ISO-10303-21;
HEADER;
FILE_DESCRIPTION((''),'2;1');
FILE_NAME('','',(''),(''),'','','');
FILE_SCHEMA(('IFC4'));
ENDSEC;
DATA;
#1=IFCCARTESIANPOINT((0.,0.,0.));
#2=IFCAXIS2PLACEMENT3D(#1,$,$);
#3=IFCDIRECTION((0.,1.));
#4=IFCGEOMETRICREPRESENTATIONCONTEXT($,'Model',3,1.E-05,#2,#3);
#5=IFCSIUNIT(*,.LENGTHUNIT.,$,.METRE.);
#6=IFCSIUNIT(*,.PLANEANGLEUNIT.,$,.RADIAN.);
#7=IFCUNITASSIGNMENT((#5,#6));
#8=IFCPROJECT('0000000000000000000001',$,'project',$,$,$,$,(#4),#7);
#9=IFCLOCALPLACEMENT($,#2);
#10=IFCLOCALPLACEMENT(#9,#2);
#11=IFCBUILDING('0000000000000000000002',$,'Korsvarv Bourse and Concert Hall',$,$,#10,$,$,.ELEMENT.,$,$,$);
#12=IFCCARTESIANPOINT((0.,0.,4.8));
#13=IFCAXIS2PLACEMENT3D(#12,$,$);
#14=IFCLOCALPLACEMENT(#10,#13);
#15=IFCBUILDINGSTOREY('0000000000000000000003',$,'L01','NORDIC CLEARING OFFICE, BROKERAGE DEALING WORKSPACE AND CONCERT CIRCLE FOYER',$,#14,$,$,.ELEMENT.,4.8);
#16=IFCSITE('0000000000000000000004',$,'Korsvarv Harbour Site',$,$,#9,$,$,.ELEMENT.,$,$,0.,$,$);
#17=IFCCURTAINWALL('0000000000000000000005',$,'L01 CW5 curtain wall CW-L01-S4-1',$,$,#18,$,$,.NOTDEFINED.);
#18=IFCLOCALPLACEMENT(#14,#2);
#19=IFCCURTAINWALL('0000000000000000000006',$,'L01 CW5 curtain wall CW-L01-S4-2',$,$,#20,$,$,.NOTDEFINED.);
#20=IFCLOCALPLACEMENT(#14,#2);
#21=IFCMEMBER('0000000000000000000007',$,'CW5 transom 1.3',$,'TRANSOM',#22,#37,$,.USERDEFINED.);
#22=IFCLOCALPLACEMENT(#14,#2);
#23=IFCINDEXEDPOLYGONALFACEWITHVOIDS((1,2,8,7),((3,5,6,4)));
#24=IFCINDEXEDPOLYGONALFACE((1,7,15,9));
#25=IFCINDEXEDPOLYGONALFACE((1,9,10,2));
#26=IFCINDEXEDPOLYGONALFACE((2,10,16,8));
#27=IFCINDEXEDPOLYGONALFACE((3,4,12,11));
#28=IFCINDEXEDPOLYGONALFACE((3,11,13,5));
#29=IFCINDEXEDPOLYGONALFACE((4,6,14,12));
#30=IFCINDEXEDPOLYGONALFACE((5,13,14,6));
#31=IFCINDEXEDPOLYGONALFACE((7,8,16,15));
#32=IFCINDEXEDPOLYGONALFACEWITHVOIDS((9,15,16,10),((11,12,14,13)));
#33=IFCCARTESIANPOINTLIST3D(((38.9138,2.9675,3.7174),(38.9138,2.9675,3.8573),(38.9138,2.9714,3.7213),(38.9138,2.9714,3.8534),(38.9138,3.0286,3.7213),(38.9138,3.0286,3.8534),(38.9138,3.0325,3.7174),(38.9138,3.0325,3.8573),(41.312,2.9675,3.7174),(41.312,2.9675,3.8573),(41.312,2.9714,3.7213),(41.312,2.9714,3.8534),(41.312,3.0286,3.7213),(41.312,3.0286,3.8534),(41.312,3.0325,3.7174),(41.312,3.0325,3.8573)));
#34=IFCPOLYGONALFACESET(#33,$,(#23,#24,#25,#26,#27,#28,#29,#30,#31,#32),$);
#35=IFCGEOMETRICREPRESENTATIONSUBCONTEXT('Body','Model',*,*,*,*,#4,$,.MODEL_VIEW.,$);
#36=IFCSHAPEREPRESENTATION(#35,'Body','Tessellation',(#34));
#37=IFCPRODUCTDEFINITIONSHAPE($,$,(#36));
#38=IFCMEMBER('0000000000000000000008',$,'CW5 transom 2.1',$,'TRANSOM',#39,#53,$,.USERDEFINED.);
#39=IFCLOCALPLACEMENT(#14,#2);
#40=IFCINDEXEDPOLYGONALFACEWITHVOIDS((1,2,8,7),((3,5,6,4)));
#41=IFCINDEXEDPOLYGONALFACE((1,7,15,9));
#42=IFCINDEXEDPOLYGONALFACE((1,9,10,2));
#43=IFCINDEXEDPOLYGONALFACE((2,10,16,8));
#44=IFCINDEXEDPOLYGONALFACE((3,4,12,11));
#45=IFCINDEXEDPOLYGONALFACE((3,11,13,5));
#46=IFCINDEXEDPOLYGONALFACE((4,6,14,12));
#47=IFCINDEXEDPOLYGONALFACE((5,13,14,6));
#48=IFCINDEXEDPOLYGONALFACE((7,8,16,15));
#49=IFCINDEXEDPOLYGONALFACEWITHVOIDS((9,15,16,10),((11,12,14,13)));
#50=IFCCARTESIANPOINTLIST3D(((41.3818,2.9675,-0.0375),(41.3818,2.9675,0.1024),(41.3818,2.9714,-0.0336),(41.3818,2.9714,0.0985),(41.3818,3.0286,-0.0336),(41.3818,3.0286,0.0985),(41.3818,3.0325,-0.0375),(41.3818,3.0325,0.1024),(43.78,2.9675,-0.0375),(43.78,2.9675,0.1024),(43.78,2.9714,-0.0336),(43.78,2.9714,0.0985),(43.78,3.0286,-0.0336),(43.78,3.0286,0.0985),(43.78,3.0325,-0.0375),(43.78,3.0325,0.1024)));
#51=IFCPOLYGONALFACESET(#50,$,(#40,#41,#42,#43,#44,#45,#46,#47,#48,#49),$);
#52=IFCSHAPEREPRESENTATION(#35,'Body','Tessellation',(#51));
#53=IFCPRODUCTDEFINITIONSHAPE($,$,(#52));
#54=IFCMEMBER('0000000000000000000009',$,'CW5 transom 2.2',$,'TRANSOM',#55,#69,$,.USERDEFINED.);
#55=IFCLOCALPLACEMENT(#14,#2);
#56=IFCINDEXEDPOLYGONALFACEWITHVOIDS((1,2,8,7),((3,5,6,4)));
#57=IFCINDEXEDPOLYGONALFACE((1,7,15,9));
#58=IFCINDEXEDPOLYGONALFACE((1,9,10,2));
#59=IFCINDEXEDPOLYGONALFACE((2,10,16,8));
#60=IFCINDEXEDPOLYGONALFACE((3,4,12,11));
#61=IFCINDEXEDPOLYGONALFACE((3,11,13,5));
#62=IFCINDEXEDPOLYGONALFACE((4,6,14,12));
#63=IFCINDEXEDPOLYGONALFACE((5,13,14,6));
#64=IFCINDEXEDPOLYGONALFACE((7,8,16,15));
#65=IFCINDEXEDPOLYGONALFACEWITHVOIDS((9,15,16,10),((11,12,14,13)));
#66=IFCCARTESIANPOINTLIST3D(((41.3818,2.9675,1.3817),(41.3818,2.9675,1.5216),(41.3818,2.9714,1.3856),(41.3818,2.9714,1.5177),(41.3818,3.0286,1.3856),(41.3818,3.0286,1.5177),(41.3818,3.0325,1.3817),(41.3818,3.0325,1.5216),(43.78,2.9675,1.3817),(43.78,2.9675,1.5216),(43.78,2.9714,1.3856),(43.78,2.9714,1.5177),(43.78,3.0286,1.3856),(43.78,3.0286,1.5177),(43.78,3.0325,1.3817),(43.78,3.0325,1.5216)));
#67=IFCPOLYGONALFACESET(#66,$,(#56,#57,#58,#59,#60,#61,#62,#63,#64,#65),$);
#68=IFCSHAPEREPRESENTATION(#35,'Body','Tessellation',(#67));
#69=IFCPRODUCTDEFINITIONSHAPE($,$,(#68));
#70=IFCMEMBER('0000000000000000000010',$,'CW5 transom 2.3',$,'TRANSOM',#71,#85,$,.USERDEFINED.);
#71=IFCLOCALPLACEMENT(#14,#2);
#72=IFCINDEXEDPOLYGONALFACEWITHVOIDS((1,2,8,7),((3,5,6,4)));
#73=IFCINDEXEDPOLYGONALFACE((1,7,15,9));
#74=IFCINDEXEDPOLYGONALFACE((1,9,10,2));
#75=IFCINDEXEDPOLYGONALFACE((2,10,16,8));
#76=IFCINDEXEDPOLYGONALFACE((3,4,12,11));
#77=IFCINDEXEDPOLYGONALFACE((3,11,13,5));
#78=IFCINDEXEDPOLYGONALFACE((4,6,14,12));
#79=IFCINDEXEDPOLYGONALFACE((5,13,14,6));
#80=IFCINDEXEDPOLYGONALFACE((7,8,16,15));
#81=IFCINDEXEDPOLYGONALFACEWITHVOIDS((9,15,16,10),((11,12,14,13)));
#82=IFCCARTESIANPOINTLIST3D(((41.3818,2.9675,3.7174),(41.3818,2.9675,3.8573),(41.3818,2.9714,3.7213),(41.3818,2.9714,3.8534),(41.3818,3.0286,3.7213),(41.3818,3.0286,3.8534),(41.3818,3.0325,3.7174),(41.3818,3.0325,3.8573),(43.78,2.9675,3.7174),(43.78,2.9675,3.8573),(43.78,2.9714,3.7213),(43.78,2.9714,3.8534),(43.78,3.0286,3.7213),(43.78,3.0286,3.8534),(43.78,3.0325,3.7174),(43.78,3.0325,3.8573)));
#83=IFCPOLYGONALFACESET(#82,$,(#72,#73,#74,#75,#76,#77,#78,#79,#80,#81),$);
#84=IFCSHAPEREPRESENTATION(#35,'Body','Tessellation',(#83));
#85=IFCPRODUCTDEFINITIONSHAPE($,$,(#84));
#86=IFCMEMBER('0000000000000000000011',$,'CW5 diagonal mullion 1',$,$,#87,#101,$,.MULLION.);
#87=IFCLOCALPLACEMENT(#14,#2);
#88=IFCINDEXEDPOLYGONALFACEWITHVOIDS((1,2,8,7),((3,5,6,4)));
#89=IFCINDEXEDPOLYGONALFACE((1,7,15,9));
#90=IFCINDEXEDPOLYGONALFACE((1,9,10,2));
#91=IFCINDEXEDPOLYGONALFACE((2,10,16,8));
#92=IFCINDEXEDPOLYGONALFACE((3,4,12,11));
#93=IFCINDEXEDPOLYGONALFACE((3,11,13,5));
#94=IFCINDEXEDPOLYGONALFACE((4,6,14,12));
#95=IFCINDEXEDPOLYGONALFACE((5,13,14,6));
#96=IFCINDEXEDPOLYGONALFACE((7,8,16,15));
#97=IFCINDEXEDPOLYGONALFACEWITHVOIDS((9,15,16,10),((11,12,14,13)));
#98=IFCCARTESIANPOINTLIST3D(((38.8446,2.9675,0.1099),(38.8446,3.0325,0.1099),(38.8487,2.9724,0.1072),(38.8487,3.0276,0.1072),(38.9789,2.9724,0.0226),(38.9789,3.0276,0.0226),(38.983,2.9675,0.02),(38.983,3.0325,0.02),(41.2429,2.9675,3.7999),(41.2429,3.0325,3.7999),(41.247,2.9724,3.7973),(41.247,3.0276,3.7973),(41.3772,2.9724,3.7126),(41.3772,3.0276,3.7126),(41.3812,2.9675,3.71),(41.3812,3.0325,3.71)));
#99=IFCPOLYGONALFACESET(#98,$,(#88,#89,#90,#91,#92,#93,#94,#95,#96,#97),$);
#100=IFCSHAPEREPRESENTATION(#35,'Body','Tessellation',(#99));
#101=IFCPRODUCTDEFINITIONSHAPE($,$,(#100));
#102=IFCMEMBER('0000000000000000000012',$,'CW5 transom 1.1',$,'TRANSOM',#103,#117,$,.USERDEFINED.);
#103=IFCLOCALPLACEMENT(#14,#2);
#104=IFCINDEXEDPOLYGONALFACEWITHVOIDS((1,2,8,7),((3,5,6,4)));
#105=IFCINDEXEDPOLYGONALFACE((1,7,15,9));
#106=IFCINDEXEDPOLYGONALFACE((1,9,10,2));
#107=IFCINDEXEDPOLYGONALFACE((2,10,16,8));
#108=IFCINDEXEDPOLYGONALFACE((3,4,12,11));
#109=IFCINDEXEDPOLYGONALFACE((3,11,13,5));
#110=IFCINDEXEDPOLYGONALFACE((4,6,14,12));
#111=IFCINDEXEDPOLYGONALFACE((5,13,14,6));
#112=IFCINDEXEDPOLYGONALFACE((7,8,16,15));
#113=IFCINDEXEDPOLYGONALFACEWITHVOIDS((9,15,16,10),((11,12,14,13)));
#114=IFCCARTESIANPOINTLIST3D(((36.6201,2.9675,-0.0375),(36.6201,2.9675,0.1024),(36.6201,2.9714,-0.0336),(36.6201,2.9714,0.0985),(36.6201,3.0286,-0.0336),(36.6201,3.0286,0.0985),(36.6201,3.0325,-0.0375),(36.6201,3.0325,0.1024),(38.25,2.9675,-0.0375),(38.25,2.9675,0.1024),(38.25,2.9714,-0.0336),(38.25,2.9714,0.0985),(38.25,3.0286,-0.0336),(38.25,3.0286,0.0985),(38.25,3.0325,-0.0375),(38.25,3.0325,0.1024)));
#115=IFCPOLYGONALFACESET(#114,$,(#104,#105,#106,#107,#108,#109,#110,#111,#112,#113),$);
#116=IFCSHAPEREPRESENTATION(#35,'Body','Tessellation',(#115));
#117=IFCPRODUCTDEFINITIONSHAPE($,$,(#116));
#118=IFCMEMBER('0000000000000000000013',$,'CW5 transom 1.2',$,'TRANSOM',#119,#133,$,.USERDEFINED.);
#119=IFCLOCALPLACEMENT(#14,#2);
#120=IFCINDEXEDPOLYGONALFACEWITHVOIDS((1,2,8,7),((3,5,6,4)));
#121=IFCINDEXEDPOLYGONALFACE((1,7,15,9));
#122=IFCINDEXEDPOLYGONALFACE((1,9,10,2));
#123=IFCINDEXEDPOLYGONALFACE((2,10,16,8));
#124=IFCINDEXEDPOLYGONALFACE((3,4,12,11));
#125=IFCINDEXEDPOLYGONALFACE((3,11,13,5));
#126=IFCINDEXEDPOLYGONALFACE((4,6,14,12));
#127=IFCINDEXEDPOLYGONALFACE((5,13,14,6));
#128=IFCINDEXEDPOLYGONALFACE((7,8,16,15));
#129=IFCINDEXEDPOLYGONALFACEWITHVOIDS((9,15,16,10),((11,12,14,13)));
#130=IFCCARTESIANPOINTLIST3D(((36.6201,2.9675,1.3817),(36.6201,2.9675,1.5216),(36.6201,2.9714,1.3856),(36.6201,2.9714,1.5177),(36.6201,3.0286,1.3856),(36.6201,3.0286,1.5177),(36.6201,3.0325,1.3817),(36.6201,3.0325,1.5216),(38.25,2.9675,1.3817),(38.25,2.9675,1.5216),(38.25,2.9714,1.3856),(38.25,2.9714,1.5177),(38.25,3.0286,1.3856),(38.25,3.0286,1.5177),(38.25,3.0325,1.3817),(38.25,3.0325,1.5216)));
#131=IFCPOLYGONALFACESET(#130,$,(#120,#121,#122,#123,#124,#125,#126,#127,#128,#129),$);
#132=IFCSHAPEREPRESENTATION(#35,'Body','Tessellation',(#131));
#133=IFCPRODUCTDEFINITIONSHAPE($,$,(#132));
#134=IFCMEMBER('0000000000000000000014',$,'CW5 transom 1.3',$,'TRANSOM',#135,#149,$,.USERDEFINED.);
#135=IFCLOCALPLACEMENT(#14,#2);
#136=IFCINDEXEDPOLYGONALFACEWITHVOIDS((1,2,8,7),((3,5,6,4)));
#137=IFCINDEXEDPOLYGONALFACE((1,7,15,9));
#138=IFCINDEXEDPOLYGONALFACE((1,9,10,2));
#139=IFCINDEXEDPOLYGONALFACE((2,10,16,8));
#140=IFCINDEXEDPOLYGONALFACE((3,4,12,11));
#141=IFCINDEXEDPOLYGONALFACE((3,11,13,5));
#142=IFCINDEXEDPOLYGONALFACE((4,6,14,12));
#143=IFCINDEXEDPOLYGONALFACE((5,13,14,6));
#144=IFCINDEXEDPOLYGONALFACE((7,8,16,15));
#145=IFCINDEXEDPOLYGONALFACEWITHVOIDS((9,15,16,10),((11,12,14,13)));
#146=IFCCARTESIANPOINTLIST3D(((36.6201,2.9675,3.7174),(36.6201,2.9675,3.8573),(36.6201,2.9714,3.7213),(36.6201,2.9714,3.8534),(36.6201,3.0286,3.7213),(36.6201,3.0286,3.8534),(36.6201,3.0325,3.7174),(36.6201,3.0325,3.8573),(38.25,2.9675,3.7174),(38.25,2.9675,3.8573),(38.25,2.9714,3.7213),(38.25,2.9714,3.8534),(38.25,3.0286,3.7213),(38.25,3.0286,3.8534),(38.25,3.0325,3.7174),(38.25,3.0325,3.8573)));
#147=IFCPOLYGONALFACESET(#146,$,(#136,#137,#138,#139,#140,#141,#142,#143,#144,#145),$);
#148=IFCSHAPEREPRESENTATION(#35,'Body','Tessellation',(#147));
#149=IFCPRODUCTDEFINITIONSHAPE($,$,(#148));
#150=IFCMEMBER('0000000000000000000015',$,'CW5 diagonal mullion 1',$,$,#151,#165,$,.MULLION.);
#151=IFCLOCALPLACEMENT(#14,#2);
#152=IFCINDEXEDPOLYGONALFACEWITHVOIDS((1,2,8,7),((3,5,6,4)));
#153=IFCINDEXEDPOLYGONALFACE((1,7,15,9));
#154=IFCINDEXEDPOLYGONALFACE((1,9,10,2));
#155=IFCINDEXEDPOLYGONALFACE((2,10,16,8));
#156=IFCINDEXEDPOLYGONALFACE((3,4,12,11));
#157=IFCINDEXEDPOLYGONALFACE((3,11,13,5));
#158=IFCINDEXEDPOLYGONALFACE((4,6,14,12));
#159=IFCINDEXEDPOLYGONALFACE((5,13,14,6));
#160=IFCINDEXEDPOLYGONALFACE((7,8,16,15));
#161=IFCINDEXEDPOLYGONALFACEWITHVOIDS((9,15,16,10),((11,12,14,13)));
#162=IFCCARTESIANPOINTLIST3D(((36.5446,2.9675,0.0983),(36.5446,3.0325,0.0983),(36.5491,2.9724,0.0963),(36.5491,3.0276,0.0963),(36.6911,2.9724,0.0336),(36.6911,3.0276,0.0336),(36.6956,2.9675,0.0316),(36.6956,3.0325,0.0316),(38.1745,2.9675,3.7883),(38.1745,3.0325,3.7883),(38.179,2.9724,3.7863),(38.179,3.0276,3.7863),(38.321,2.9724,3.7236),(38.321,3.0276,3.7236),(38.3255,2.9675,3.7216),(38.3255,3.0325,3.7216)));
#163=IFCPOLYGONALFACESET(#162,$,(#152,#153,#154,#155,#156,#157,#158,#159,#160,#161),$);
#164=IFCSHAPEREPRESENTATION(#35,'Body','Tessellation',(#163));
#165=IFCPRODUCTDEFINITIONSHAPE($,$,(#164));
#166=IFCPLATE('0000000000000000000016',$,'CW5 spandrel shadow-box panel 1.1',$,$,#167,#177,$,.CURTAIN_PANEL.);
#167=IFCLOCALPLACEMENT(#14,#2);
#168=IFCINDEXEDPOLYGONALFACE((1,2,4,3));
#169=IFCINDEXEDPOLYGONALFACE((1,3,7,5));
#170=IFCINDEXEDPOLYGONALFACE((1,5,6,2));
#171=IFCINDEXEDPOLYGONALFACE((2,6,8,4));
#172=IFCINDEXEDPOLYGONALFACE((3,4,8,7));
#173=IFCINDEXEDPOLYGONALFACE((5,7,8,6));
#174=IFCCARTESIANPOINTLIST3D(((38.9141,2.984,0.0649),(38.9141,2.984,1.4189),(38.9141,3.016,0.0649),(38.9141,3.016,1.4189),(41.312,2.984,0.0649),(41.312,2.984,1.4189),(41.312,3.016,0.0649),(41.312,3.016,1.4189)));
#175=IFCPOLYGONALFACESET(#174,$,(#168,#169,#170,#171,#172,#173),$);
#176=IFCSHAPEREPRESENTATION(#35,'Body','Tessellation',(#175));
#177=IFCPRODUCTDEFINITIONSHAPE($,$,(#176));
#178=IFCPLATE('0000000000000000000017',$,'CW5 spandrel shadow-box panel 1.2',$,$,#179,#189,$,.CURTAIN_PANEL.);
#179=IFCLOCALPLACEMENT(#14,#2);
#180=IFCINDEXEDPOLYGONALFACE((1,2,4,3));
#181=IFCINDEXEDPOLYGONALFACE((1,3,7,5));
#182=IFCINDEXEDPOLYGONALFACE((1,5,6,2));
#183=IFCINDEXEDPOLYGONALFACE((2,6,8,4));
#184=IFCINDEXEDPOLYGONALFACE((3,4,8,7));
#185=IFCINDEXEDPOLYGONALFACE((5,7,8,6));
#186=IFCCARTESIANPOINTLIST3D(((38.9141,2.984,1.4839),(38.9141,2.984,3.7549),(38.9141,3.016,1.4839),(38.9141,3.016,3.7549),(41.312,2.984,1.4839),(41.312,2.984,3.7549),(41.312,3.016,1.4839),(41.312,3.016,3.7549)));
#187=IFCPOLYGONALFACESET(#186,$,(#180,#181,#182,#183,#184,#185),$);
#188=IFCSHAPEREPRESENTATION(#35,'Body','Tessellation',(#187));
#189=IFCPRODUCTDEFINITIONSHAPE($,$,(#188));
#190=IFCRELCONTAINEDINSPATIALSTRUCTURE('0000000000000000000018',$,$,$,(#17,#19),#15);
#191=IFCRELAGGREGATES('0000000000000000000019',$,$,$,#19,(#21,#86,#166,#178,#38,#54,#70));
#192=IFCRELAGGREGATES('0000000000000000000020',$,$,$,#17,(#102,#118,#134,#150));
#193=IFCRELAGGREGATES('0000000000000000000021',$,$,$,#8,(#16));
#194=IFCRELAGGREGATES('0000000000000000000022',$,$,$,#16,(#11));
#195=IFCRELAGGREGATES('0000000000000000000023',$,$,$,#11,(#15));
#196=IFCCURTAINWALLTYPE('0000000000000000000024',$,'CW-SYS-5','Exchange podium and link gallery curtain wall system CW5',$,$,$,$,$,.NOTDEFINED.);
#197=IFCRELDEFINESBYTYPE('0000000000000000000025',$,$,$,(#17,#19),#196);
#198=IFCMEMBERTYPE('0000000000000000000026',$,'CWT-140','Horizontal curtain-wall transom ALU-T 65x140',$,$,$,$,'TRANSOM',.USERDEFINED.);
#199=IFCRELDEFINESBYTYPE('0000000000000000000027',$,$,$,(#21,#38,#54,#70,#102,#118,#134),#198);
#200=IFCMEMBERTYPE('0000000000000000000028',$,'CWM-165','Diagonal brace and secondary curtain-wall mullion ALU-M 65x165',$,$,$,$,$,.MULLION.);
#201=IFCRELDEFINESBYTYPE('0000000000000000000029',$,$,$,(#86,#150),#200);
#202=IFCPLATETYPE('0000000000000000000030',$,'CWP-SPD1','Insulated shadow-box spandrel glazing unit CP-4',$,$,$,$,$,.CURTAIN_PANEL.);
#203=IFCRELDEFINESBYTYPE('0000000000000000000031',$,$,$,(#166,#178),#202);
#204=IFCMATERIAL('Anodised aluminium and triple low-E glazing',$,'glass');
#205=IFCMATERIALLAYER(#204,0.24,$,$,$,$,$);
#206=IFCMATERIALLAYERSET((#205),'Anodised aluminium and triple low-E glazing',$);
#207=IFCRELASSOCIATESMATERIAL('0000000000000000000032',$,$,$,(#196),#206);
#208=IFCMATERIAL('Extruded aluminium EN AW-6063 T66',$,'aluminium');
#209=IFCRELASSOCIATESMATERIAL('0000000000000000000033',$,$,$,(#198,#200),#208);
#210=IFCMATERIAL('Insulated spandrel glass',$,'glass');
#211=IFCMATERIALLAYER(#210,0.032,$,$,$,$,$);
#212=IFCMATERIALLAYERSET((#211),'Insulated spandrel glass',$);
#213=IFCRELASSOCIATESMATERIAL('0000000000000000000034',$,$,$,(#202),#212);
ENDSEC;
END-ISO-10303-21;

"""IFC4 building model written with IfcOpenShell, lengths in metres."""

from ifc_helpers import new_model, si_unit, direction, frame, origin, origin_2d, place, context, subcontext, project, spatial, rectangle, hollow_rectangle, extrude, source, transform, mapped, material, layer, layer_set, material_profile, profile_set, type_object, element, aggregate, save


model = new_model("IFC4")

# Units and contexts
model_context = context("Model", 3, precision=1e-05, world=origin(), true_north=direction((0.0, 1.0)))
body_context = subcontext(model_context, "Body", "Model", "MODEL_VIEW")
ifc_project = project(units=[si_unit("LENGTHUNIT", "METRE"), si_unit("PLANEANGLEUNIT", "RADIAN")], contexts=[model_context])

# Site, building, storey
site_placement = place(None, origin())
site = spatial("IfcSite", under=ifc_project, at=site_placement, Name="Korsvarv Harbour Site", CompositionType="ELEMENT", RefElevation=0.0)
building_placement = place(site_placement, origin())
building = spatial("IfcBuilding", under=site, at=building_placement, Name="Korsvarv Bourse and Concert Hall", CompositionType="ELEMENT")
storey_placement = place(building_placement, frame((0.0, 0.0, 4.8)))
storey = spatial("IfcBuildingStorey", under=building, at=storey_placement, Name="L01", Description="NORDIC CLEARING OFFICE, BROKERAGE DEALING WORKSPACE AND CONCERT CIRCLE FOYER", CompositionType="ELEMENT", Elevation=4.8)

# Curtain wall
ifc_material_1 = material(Name="Anodised aluminium and triple low-E glazing", Category="glass")
ifc_layer_1 = layer(ifc_material_1, 0.24)
ifc_layer_set_1 = layer_set([ifc_layer_1], Name="Anodised aluminium and triple low-E glazing")
curtain_wall_type = type_object("IfcCurtainWallType", Name="CW-SYS-5", Description="Exchange podium and link gallery curtain wall system CW5", PredefinedType="NOTDEFINED", material=ifc_layer_set_1)
curtain_wall_1_placement = place(storey_placement, origin())
curtain_wall_1 = element("IfcCurtainWall", 1, at=curtain_wall_1_placement, inside=storey, type_object=curtain_wall_type, Name="L01 CW5 curtain wall CW-L01-S4-1", PredefinedType="NOTDEFINED")
ifc_material_2 = material(Name="Extruded aluminium EN AW-6063 T66", Category="aluminium")

# Curtain wall, members
curtain_wall_2_placement = place(storey_placement, origin())
curtain_wall_2 = element("IfcCurtainWall", 2, at=curtain_wall_2_placement, inside=storey, type_object=curtain_wall_type, Name="L01 CW5 curtain wall CW-L01-S4-2", PredefinedType="NOTDEFINED")
ifc_material_profile_1 = material_profile(ifc_material_2, hollow_rectangle(XDim=0.0649, YDim=0.1399, WallThickness=0.0039, at=origin_2d()), Name="ALU-T 65x140")
ifc_profile_set_1 = profile_set([ifc_material_profile_1], Name="Extruded aluminium EN AW-6063 T66")
member_type_1 = type_object("IfcMemberType", Name="CWT-140", Description="Horizontal curtain-wall transom ALU-T 65x140", ElementType="TRANSOM", PredefinedType="USERDEFINED", material=ifc_profile_set_1)
shared_shape_1 = source(origin(), body_context, "Body", "SweptSolid", [
    extrude(hollow_rectangle(XDim=0.0649, YDim=0.1399, WallThickness=0.0039, at=origin_2d()), origin(), (0.0, 0.0, 1.0), 2.3982),
])
member_1_placement = place(storey_placement, frame((38.9138, 3.0, 3.7874), z_axis=(1.0, 0.0, 0.0), x_axis=(0.0, 1.0, 0.0)))
member_1 = element("IfcMember", 3, at=member_1_placement, type_object=member_type_1, Name="CW5 transom 1.3", ObjectType="TRANSOM", PredefinedType="USERDEFINED", context=body_context, shape_type="MappedRepresentation", body=[
    mapped(shared_shape_1, transform((0.0, 0.0, 0.0), scale=1.0)),
])
member_2_placement = place(storey_placement, frame((41.3818, 3.0, 0.0325), z_axis=(1.0, 0.0, 0.0), x_axis=(0.0, 1.0, 0.0)))
member_2 = element("IfcMember", 4, at=member_2_placement, type_object=member_type_1, Name="CW5 transom 2.1", ObjectType="TRANSOM", PredefinedType="USERDEFINED", context=body_context, shape_type="MappedRepresentation", body=[
    mapped(shared_shape_1, transform((0.0, 0.0, 0.0), scale=1.0)),
])
member_3_placement = place(storey_placement, frame((41.3818, 3.0, 1.4517), z_axis=(1.0, 0.0, 0.0), x_axis=(0.0, 1.0, 0.0)))
member_3 = element("IfcMember", 5, at=member_3_placement, type_object=member_type_1, Name="CW5 transom 2.2", ObjectType="TRANSOM", PredefinedType="USERDEFINED", context=body_context, shape_type="MappedRepresentation", body=[
    mapped(shared_shape_1, transform((0.0, 0.0, 0.0), scale=1.0)),
])
member_4_placement = place(storey_placement, frame((41.3818, 3.0, 3.7874), z_axis=(1.0, 0.0, 0.0), x_axis=(0.0, 1.0, 0.0)))
member_4 = element("IfcMember", 6, at=member_4_placement, type_object=member_type_1, Name="CW5 transom 2.3", ObjectType="TRANSOM", PredefinedType="USERDEFINED", context=body_context, shape_type="MappedRepresentation", body=[
    mapped(shared_shape_1, transform((0.0, 0.0, 0.0), scale=1.0)),
])
ifc_material_profile_2 = material_profile(ifc_material_2, hollow_rectangle(XDim=0.0649, YDim=0.165, WallThickness=0.0049, at=origin_2d()), Name="ALU-M 65x165")
ifc_profile_set_2 = profile_set([ifc_material_profile_2], Name="Extruded aluminium EN AW-6063 T66")
member_type_2 = type_object("IfcMemberType", Name="CWM-165", Description="Diagonal brace and secondary curtain-wall mullion ALU-M 65x165", PredefinedType="MULLION", material=ifc_profile_set_2)
shared_shape_2 = source(origin(), body_context, "Body", "SweptSolid", [
    extrude(hollow_rectangle(XDim=0.0649, YDim=0.165, WallThickness=0.0049, at=origin_2d()), origin(), (0.0, 0.0, 1.0), 4.4009),
])
member_5_placement = place(storey_placement, frame((38.9138, 3.0, 0.0649), z_axis=(0.544945, 0.0, 0.838471), x_axis=(0.0, 1.0, 0.0)))
member_5 = element("IfcMember", 7, at=member_5_placement, type_object=member_type_2, Name="CW5 diagonal mullion 1", PredefinedType="MULLION", context=body_context, shape_type="MappedRepresentation", body=[
    mapped(shared_shape_2, transform((0.0, 0.0, 0.0), scale=1.0)),
])

# Members
shared_shape_3 = source(origin(), body_context, "Body", "SweptSolid", [
    extrude(hollow_rectangle(XDim=0.0649, YDim=0.1399, WallThickness=0.0039, at=origin_2d()), origin(), (0.0, 0.0, 1.0), 1.6299),
])
member_6_placement = place(storey_placement, frame((36.6201, 3.0, 0.0325), z_axis=(1.0, 0.0, 0.0), x_axis=(0.0, 1.0, 0.0)))
member_6 = element("IfcMember", 8, at=member_6_placement, type_object=member_type_1, Name="CW5 transom 1.1", ObjectType="TRANSOM", PredefinedType="USERDEFINED", context=body_context, shape_type="MappedRepresentation", body=[
    mapped(shared_shape_3, transform((0.0, 0.0, 0.0), scale=1.0)),
])
member_7_placement = place(storey_placement, frame((36.6201, 3.0, 1.4517), z_axis=(1.0, 0.0, 0.0), x_axis=(0.0, 1.0, 0.0)))
member_7 = element("IfcMember", 9, at=member_7_placement, type_object=member_type_1, Name="CW5 transom 1.2", ObjectType="TRANSOM", PredefinedType="USERDEFINED", context=body_context, shape_type="MappedRepresentation", body=[
    mapped(shared_shape_3, transform((0.0, 0.0, 0.0), scale=1.0)),
])
member_8_placement = place(storey_placement, frame((36.6201, 3.0, 3.7874), z_axis=(1.0, 0.0, 0.0), x_axis=(0.0, 1.0, 0.0)))
member_8 = element("IfcMember", 10, at=member_8_placement, type_object=member_type_1, Name="CW5 transom 1.3", ObjectType="TRANSOM", PredefinedType="USERDEFINED", context=body_context, shape_type="MappedRepresentation", body=[
    mapped(shared_shape_3, transform((0.0, 0.0, 0.0), scale=1.0)),
])
shared_shape_4 = source(origin(), body_context, "Body", "SweptSolid", [
    extrude(hollow_rectangle(XDim=0.0649, YDim=0.165, WallThickness=0.0049, at=origin_2d()), origin(), (0.0, 0.0, 1.0), 4.0339),
])
member_9_placement = place(storey_placement, frame((36.6201, 3.0, 0.0649), z_axis=(0.404048, 0.0, 0.914738), x_axis=(0.0, 1.0, 0.0)))
member_9 = element("IfcMember", 11, at=member_9_placement, type_object=member_type_2, Name="CW5 diagonal mullion 1", PredefinedType="MULLION", context=body_context, shape_type="MappedRepresentation", body=[
    mapped(shared_shape_4, transform((0.0, 0.0, 0.0), scale=1.0)),
])

# Plates
ifc_material_3 = material(Name="Insulated spandrel glass", Category="glass")
ifc_layer_2 = layer(ifc_material_3, 0.032)
ifc_layer_set_2 = layer_set([ifc_layer_2], Name="Insulated spandrel glass")
plate_type_1 = type_object("IfcPlateType", Name="CWP-SPD1", Description="Insulated shadow-box spandrel glazing unit CP-4", PredefinedType="CURTAIN_PANEL", material=ifc_layer_set_2)
shared_shape_5 = source(origin(), body_context, "Body", "SweptSolid", [
    extrude(rectangle(XDim=2.3979, YDim=0.032, at=origin_2d()), origin(), (0.0, 0.0, 1.0), 1.354),
])
plate_1_placement = place(storey_placement, frame((40.113, 3.0, 0.0649), z_axis=(0.0, 0.0, 1.0), x_axis=(1.0, 0.0, 0.0)))
plate_1 = element("IfcPlate", 12, at=plate_1_placement, type_object=plate_type_1, Name="CW5 spandrel shadow-box panel 1.1", PredefinedType="CURTAIN_PANEL", context=body_context, shape_type="MappedRepresentation", body=[
    mapped(shared_shape_5, transform((0.0, 0.0, 0.0), scale=1.0)),
])
shared_shape_6 = source(origin(), body_context, "Body", "SweptSolid", [
    extrude(rectangle(XDim=2.3979, YDim=0.032, at=origin_2d()), origin(), (0.0, 0.0, 1.0), 2.271),
])
plate_2_placement = place(storey_placement, frame((40.113, 3.0, 1.4839), z_axis=(0.0, 0.0, 1.0), x_axis=(1.0, 0.0, 0.0)))
plate_2 = element("IfcPlate", 13, at=plate_2_placement, type_object=plate_type_1, Name="CW5 spandrel shadow-box panel 1.2", PredefinedType="CURTAIN_PANEL", context=body_context, shape_type="MappedRepresentation", body=[
    mapped(shared_shape_6, transform((0.0, 0.0, 0.0), scale=1.0)),
])
aggregate(curtain_wall_2, [member_1, member_5, plate_1, plate_2, member_2, member_3, member_4])
aggregate(curtain_wall_1, [member_6, member_7, member_8, member_9])

save(model, "model.ifc")
